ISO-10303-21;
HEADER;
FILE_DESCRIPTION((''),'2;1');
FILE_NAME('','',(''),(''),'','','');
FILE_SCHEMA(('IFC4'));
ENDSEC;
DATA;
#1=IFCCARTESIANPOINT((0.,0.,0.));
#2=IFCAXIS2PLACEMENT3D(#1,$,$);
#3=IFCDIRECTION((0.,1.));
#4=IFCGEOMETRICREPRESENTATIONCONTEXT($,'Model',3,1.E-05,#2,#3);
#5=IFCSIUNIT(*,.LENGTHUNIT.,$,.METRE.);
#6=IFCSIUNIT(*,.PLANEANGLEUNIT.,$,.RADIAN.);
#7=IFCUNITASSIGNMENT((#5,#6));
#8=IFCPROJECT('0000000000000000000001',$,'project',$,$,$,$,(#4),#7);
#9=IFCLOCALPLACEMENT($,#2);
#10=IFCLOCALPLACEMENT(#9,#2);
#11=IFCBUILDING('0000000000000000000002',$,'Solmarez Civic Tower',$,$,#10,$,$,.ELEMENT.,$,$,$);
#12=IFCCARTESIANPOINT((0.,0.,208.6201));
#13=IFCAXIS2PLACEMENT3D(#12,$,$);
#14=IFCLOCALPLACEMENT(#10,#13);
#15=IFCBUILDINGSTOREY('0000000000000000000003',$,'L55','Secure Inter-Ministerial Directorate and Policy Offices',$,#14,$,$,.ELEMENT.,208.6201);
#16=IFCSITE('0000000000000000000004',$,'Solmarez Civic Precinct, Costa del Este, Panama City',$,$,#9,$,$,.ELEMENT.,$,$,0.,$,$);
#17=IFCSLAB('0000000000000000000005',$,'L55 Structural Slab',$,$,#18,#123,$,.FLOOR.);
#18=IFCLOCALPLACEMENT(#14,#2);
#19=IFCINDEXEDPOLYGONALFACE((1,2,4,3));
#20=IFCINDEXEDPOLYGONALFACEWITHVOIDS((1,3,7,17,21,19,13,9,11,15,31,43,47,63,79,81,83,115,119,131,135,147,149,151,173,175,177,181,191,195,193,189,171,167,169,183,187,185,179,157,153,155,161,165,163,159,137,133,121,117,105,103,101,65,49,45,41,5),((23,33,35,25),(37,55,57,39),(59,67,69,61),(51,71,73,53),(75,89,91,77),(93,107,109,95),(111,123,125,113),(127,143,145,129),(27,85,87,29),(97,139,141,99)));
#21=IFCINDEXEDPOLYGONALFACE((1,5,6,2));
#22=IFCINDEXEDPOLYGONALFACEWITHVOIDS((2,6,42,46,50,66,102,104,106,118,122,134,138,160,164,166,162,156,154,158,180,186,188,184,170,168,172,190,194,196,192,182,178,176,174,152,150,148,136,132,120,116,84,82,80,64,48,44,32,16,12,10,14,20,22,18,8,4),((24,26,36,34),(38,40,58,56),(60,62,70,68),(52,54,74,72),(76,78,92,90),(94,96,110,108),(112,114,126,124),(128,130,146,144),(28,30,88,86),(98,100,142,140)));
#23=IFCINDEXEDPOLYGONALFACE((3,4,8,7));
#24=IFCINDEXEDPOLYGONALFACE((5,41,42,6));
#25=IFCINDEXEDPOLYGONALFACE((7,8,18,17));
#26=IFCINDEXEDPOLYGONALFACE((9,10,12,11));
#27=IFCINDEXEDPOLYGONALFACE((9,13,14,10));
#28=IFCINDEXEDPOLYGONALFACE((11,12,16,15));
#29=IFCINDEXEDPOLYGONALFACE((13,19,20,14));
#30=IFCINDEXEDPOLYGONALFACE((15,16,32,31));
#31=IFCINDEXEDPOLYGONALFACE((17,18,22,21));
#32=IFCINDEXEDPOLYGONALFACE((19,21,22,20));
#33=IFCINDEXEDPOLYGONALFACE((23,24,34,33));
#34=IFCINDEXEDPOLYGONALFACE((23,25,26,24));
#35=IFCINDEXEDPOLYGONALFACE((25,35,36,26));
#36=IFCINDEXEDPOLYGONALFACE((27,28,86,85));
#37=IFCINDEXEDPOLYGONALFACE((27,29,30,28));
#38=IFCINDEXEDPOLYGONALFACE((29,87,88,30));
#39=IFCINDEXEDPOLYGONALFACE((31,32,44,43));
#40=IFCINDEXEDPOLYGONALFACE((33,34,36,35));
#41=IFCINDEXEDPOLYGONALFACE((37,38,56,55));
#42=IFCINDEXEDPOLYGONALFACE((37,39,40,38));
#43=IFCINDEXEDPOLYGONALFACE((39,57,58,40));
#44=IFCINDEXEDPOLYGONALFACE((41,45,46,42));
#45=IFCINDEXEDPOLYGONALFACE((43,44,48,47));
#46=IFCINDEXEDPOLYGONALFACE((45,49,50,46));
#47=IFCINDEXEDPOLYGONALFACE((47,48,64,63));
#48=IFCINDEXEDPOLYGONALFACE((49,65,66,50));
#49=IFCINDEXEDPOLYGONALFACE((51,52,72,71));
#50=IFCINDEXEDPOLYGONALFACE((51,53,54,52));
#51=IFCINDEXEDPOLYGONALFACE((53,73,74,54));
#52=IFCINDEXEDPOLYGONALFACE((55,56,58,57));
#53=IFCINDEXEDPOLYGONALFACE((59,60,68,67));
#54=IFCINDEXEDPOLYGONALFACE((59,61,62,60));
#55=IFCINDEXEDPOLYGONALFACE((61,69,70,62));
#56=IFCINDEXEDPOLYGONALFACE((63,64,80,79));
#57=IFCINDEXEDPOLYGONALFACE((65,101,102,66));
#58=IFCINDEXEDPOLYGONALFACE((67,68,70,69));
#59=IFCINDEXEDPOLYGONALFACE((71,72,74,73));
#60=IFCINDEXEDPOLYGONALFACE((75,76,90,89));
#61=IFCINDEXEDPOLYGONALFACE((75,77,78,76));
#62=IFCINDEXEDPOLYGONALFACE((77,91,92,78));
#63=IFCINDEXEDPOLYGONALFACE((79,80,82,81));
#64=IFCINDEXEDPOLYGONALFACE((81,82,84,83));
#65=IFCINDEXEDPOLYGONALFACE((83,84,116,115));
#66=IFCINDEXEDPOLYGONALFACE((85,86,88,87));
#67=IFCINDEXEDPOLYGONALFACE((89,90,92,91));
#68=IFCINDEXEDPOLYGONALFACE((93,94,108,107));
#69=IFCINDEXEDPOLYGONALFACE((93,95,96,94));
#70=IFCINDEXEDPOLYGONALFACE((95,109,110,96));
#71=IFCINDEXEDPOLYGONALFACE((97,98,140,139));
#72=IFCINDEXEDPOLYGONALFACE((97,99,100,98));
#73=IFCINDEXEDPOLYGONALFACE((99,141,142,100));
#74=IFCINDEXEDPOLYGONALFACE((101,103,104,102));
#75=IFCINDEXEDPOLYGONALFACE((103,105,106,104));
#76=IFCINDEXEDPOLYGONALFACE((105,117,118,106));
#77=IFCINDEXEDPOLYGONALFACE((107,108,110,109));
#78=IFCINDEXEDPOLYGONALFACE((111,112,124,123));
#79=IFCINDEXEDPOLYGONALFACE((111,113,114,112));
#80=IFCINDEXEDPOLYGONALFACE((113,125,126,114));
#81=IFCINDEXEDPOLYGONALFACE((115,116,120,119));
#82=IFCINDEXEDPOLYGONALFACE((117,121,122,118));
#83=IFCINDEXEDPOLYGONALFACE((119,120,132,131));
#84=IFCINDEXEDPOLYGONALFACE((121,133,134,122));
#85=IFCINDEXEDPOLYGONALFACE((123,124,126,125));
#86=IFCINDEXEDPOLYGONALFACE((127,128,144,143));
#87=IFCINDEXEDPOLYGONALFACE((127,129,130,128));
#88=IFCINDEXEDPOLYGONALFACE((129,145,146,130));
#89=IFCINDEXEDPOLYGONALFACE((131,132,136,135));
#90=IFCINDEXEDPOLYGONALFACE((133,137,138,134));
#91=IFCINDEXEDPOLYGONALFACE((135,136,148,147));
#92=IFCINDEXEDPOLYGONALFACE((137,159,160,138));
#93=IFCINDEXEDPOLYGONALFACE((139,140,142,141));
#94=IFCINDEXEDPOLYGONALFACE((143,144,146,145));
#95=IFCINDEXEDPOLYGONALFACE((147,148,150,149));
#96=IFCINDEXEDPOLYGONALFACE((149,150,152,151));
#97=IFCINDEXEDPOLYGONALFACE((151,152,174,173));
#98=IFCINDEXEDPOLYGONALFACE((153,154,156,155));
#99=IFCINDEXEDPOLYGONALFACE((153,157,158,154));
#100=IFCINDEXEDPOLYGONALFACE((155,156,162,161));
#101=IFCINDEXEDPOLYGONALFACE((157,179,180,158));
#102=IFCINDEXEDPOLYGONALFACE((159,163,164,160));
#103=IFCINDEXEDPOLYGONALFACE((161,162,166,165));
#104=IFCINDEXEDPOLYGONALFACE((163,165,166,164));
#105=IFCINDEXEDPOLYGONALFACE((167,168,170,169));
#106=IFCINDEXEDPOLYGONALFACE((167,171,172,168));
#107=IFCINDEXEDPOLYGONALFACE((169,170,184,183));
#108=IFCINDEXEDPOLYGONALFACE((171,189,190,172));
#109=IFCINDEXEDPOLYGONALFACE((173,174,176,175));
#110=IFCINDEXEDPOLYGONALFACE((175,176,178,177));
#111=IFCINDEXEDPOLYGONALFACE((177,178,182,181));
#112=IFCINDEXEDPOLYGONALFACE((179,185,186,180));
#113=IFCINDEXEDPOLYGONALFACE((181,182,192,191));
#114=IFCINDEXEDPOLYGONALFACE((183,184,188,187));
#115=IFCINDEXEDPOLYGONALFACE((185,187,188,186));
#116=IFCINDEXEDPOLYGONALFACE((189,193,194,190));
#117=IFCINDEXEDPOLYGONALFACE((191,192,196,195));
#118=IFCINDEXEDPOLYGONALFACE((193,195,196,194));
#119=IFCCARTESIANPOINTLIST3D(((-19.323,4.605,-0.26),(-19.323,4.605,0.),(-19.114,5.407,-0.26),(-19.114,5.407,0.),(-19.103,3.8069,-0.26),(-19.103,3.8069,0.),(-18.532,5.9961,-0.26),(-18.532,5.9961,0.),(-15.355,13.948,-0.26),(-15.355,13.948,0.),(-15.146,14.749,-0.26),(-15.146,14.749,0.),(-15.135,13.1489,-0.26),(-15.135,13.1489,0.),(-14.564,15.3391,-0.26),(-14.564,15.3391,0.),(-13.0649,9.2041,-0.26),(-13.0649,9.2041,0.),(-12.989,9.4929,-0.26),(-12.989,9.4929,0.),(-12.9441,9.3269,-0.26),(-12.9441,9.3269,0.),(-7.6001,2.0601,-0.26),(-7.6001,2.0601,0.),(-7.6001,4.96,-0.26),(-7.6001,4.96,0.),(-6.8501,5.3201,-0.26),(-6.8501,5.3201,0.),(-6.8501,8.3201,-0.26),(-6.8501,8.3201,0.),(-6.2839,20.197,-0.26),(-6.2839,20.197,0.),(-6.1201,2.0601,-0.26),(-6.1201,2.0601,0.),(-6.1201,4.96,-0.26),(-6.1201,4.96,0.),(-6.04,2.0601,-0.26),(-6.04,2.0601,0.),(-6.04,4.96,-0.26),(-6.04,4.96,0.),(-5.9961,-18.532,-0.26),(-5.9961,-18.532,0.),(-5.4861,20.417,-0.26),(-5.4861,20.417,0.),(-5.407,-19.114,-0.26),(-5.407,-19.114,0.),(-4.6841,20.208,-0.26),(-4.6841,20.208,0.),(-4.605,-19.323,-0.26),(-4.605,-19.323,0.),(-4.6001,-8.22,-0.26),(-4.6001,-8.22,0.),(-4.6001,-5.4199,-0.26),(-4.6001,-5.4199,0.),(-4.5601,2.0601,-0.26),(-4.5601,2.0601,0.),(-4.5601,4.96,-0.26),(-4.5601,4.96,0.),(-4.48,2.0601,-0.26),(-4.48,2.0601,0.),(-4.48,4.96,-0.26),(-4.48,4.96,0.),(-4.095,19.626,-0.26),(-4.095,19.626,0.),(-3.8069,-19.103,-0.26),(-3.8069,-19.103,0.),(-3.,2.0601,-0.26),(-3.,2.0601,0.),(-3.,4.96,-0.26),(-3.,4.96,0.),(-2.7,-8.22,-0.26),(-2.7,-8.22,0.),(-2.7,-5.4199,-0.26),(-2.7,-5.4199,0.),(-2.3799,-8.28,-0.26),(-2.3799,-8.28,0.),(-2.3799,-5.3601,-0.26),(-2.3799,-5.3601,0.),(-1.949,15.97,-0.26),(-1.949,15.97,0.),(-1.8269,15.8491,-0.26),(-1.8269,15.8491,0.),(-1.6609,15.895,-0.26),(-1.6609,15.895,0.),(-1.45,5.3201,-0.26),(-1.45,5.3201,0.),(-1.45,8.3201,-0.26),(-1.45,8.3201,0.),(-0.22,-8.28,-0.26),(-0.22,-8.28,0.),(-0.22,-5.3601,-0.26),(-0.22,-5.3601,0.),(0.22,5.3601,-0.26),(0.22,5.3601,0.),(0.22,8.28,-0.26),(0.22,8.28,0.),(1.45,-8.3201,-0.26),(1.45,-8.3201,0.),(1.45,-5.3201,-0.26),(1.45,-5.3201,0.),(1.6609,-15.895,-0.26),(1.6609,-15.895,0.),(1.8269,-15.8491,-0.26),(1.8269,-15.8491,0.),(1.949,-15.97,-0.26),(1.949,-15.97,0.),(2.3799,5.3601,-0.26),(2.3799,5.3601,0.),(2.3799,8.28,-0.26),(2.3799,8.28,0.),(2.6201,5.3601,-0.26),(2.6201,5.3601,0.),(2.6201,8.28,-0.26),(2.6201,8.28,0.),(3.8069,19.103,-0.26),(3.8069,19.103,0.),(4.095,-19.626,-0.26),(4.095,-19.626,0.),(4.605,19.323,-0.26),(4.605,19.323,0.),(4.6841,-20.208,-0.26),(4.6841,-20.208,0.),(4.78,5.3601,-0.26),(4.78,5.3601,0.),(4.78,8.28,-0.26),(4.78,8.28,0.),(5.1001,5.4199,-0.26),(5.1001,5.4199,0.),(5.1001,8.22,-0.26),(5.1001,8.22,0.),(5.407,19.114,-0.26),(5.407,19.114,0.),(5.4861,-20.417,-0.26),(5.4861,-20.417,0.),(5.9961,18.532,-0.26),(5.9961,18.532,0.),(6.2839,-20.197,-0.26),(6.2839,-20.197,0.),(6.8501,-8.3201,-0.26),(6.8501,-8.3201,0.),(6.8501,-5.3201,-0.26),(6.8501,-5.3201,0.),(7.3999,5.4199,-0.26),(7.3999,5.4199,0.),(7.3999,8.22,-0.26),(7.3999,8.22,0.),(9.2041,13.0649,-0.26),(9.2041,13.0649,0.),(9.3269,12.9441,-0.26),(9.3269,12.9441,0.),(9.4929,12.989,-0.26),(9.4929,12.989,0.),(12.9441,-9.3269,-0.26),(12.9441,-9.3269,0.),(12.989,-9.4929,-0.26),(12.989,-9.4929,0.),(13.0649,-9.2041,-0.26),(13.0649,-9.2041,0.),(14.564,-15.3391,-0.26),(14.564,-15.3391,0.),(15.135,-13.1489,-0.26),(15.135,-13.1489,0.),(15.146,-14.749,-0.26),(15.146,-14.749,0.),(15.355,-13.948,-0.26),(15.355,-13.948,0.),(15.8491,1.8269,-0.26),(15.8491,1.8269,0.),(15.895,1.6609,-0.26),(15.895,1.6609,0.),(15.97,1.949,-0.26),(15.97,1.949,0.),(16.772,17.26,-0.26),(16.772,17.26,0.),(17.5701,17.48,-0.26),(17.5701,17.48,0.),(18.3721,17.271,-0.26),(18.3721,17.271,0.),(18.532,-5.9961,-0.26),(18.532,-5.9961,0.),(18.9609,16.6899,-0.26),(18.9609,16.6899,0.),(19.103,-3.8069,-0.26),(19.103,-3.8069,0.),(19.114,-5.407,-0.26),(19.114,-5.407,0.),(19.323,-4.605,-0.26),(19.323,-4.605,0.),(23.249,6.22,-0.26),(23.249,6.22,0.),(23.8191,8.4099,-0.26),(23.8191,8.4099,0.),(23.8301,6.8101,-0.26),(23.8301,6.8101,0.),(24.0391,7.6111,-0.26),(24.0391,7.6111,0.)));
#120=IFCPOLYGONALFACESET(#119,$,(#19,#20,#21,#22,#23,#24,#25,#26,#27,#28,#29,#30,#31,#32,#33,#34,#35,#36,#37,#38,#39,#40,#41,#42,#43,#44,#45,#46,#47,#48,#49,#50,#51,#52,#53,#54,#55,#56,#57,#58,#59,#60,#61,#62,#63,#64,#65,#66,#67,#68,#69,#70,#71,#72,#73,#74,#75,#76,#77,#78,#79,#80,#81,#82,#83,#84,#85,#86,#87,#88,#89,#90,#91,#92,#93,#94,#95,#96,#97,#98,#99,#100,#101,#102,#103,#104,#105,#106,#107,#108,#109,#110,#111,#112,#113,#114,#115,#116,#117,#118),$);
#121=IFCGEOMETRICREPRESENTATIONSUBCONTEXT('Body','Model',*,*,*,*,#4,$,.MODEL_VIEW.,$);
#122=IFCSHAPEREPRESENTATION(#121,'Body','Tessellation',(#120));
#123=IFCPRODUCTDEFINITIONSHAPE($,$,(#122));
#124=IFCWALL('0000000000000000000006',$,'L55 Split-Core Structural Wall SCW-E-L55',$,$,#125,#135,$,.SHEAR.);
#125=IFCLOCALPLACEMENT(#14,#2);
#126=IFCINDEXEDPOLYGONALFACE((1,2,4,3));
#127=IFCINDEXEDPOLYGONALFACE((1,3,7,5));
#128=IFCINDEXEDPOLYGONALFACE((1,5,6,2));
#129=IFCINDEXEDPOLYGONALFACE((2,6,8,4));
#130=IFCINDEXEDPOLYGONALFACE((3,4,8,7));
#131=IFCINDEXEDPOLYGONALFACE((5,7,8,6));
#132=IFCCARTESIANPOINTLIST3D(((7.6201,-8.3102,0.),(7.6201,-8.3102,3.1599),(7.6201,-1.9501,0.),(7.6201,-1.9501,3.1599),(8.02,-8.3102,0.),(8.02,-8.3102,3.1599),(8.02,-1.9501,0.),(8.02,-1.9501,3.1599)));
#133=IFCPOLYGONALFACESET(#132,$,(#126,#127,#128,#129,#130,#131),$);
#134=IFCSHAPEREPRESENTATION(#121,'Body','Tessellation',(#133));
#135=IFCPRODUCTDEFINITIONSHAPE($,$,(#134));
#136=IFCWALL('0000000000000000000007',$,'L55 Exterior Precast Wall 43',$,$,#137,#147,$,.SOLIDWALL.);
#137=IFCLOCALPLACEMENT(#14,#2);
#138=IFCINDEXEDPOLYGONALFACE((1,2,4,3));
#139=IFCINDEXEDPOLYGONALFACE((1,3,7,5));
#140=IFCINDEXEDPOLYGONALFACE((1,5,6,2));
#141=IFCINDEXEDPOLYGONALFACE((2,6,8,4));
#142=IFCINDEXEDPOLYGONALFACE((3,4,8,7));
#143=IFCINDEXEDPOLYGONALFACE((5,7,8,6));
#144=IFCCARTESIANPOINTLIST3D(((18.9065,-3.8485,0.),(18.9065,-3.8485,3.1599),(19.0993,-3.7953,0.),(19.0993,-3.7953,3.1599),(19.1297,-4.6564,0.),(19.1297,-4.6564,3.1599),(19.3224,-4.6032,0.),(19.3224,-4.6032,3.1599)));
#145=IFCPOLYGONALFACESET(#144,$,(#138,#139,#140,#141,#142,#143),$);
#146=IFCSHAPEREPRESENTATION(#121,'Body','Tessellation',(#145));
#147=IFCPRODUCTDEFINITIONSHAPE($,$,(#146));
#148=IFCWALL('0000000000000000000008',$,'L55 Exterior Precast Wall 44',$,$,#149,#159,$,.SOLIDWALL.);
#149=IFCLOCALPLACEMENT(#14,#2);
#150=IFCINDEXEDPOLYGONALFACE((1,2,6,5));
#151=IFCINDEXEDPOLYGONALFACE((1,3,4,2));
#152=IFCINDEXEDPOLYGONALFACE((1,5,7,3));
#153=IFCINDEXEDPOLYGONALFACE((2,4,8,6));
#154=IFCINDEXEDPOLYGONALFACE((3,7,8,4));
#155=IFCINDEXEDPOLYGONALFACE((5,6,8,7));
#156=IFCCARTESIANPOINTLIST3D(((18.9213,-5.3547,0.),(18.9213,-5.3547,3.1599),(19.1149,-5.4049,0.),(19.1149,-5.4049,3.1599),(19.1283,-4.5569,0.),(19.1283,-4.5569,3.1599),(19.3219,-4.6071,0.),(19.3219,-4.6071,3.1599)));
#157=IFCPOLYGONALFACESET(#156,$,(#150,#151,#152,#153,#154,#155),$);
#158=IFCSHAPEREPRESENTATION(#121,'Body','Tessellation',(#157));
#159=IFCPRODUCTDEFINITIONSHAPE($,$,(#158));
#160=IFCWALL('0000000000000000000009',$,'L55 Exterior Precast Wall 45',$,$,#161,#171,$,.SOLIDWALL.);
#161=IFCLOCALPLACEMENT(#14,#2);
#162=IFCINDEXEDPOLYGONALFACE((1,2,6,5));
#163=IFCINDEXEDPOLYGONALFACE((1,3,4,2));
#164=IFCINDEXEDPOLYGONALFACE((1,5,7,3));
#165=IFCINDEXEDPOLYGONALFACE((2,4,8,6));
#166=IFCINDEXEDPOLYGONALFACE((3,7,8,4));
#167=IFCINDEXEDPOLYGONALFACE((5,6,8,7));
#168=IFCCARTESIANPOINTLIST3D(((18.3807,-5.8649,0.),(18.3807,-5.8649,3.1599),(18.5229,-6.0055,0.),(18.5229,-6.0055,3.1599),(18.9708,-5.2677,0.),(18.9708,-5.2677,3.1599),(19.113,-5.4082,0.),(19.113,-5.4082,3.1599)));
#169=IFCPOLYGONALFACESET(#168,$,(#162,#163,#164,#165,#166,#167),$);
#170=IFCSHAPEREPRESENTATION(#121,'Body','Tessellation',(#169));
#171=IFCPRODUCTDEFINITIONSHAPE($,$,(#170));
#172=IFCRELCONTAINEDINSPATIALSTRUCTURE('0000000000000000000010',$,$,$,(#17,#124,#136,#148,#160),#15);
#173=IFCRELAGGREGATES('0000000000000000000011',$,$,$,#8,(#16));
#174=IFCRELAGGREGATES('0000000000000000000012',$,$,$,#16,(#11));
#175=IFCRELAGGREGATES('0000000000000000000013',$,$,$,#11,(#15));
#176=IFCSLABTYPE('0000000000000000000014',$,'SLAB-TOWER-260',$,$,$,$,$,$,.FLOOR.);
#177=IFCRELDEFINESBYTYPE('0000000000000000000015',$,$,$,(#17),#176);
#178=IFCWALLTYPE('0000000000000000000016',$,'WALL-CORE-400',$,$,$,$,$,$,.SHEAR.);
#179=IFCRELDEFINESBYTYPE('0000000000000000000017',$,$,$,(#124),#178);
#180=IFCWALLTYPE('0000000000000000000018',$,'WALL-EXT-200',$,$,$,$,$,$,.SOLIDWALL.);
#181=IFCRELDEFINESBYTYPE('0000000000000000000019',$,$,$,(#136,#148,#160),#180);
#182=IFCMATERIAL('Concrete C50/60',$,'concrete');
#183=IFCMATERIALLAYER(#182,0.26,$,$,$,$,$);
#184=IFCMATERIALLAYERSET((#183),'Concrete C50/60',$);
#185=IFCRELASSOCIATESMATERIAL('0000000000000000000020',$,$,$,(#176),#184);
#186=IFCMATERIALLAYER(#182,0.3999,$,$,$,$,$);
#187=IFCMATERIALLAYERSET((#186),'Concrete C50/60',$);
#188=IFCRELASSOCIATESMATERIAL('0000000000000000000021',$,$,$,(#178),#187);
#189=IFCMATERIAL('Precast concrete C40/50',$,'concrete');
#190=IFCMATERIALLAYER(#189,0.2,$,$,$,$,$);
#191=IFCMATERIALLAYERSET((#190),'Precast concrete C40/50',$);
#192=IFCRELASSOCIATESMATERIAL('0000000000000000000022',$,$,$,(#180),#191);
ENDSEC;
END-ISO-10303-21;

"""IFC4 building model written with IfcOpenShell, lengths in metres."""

from ifc_helpers import new_model, si_unit, direction, frame, frame_2d, origin, place, context, subcontext, project, spatial, polyline, rectangle, outline, extrude, material, layer, layer_set, type_object, element, save


model = new_model("IFC4")

# Units and contexts
model_context = context("Model", 3, precision=1e-05, world=origin(), true_north=direction((0.0, 1.0)))
body_context = subcontext(model_context, "Body", "Model", "MODEL_VIEW")
ifc_project = project(units=[si_unit("LENGTHUNIT", "METRE"), si_unit("PLANEANGLEUNIT", "RADIAN")], contexts=[model_context])

# Site, building, storey
site_placement = place(None, origin())
site = spatial("IfcSite", under=ifc_project, at=site_placement, Name="Solmarez Civic Precinct, Costa del Este, Panama City", CompositionType="ELEMENT", RefElevation=0.0)
building_placement = place(site_placement, origin())
building = spatial("IfcBuilding", under=site, at=building_placement, Name="Solmarez Civic Tower", CompositionType="ELEMENT")
storey_placement = place(building_placement, frame((0.0, 0.0, 208.6201)))
storey = spatial("IfcBuildingStorey", under=building, at=storey_placement, Name="L55", Description="Secure Inter-Ministerial Directorate and Policy Offices", CompositionType="ELEMENT", Elevation=208.6201)

# Shared definitions
ifc_material_1 = material(Name="Concrete C50/60", Category="concrete")

# Slab
ifc_layer_1 = layer(ifc_material_1, 0.26)
ifc_layer_set_1 = layer_set([ifc_layer_1], Name="Concrete C50/60")
slab_type_1 = type_object("IfcSlabType", Name="SLAB-TOWER-260", PredefinedType="FLOOR", material=ifc_layer_set_1)
slab_1_placement = place(storey_placement, frame((0.0, 0.0, -0.26)))
element("IfcSlab", 1, at=slab_1_placement, inside=storey, type_object=slab_type_1, Name="L55 Structural Slab", PredefinedType="FLOOR", context=body_context, shape_type="SweptSolid", body=[
    extrude(outline(polyline([(1.949, -15.97), (4.095, -19.626), (4.6841, -20.208), (5.4861, -20.417), (6.2839, -20.197), (14.564, -15.3391), (15.146, -14.749), (15.355, -13.948), (15.135, -13.1489), (12.989, -9.4929), (12.9441, -9.3269), (13.0649, -9.2041), (18.532, -5.9961), (19.114, -5.407), (19.323, -4.605), (19.103, -3.8069), (15.895, 1.6609), (15.8491, 1.8269), (15.97, 1.949), (23.249, 6.22), (23.8301, 6.8101), (24.0391, 7.6111), (23.8191, 8.4099), (18.9609, 16.6899), (18.3721, 17.271), (17.5701, 17.48), (16.772, 17.26), (9.4929, 12.989), (9.3269, 12.9441), (9.2041, 13.0649), (5.9961, 18.532), (5.407, 19.114), (4.605, 19.323), (3.8069, 19.103), (-1.6609, 15.895), (-1.8269, 15.8491), (-1.949, 15.97), (-4.095, 19.626), (-4.6841, 20.208), (-5.4861, 20.417), (-6.2839, 20.197), (-14.564, 15.3391), (-15.146, 14.749), (-15.355, 13.948), (-15.135, 13.1489), (-12.989, 9.4929), (-12.9441, 9.3269), (-13.0649, 9.2041), (-18.532, 5.9961), (-19.114, 5.407), (-19.323, 4.605), (-19.103, 3.8069), (-5.9961, -18.532), (-5.407, -19.114), (-4.605, -19.323), (-3.8069, -19.103), (1.6609, -15.895), (1.8269, -15.8491), (1.949, -15.97)]), holes=[polyline([(-1.45, 8.3201), (-6.8501, 8.3201), (-6.8501, 5.3201), (-1.45, 5.3201), (-1.45, 8.3201)]), polyline([(1.45, -8.3201), (6.8501, -8.3201), (6.8501, -5.3201), (1.45, -5.3201), (1.45, -8.3201)]), polyline([(0.22, 5.3601), (2.3799, 5.3601), (2.3799, 8.28), (0.22, 8.28), (0.22, 5.3601)]), polyline([(2.6201, 5.3601), (4.78, 5.3601), (4.78, 8.28), (2.6201, 8.28), (2.6201, 5.3601)]), polyline([(-2.3799, -8.28), (-0.22, -8.28), (-0.22, -5.3601), (-2.3799, -5.3601), (-2.3799, -8.28)]), polyline([(-7.6001, 2.0601), (-6.1201, 2.0601), (-6.1201, 4.96), (-7.6001, 4.96), (-7.6001, 2.0601)]), polyline([(-6.04, 2.0601), (-4.5601, 2.0601), (-4.5601, 4.96), (-6.04, 4.96), (-6.04, 2.0601)]), polyline([(-4.48, 2.0601), (-3.0, 2.0601), (-3.0, 4.96), (-4.48, 4.96), (-4.48, 2.0601)]), polyline([(5.1001, 5.4199), (7.3999, 5.4199), (7.3999, 8.22), (5.1001, 8.22), (5.1001, 5.4199)]), polyline([(-4.6001, -8.22), (-2.7, -8.22), (-2.7, -5.4199), (-4.6001, -5.4199), (-4.6001, -8.22)])]), origin(), (0.0, 0.0, 1.0), 0.26),
])

# Walls
ifc_layer_2 = layer(ifc_material_1, 0.3999)
ifc_layer_set_2 = layer_set([ifc_layer_2], Name="Concrete C50/60")
wall_type_1 = type_object("IfcWallType", Name="WALL-CORE-400", PredefinedType="SHEAR", material=ifc_layer_set_2)
wall_1_placement = place(storey_placement, frame((7.8201, -1.95, 0.0), z_axis=(0.0, 0.0, 1.0), x_axis=(0.0, -1.0, 0.0)))
element("IfcWall", 2, at=wall_1_placement, inside=storey, type_object=wall_type_1, Name="L55 Split-Core Structural Wall SCW-E-L55", PredefinedType="SHEAR", context=body_context, shape_type="SweptSolid", body=[
    extrude(rectangle(XDim=6.3601, YDim=0.3999, at=frame_2d((3.1802, 0.0))), origin(), (0.0, 0.0, 1.0), 3.1599),
])
ifc_material_2 = material(Name="Precast concrete C40/50", Category="concrete")
ifc_layer_3 = layer(ifc_material_2, 0.2)
ifc_layer_set_3 = layer_set([ifc_layer_3], Name="Precast concrete C40/50")
wall_type_2 = type_object("IfcWallType", Name="WALL-EXT-200", PredefinedType="SOLIDWALL", material=ifc_layer_set_3)
wall_2_placement = place(storey_placement, frame((19.0029, -3.822, 0.0), z_axis=(0.0, 0.0, 1.0), x_axis=(0.266246, -0.963905, 0.0)))
element("IfcWall", 3, at=wall_2_placement, inside=storey, type_object=wall_type_2, Name="L55 Exterior Precast Wall 43", PredefinedType="SOLIDWALL", context=body_context, shape_type="SweptSolid", body=[
    extrude(rectangle(XDim=0.8381, YDim=0.2, at=frame_2d((0.4189, 0.0))), origin(), (0.0, 0.0, 1.0), 3.1599),
])
wall_3_placement = place(storey_placement, frame((19.2251, -4.582, 0.0), z_axis=(0.0, 0.0, 1.0), x_axis=(-0.251168, -0.967944, 0.0)))
element("IfcWall", 4, at=wall_3_placement, inside=storey, type_object=wall_type_2, Name="L55 Exterior Precast Wall 44", PredefinedType="SOLIDWALL", context=body_context, shape_type="SweptSolid", body=[
    extrude(rectangle(XDim=0.8242, YDim=0.2, at=frame_2d((0.4121, 0.0))), origin(), (0.0, 0.0, 1.0), 3.1599),
])
wall_4_placement = place(storey_placement, frame((19.042, -5.3379, 0.0), z_axis=(0.0, 0.0, 1.0), x_axis=(-0.702878, -0.711311, 0.0)))
element("IfcWall", 5, at=wall_4_placement, inside=storey, type_object=wall_type_2, Name="L55 Exterior Precast Wall 45", PredefinedType="SOLIDWALL", context=body_context, shape_type="SweptSolid", body=[
    extrude(rectangle(XDim=0.8396, YDim=0.2, at=frame_2d((0.4199, 0.0))), origin(), (0.0, 0.0, 1.0), 3.1599),
])

save(model, "model.ifc")
